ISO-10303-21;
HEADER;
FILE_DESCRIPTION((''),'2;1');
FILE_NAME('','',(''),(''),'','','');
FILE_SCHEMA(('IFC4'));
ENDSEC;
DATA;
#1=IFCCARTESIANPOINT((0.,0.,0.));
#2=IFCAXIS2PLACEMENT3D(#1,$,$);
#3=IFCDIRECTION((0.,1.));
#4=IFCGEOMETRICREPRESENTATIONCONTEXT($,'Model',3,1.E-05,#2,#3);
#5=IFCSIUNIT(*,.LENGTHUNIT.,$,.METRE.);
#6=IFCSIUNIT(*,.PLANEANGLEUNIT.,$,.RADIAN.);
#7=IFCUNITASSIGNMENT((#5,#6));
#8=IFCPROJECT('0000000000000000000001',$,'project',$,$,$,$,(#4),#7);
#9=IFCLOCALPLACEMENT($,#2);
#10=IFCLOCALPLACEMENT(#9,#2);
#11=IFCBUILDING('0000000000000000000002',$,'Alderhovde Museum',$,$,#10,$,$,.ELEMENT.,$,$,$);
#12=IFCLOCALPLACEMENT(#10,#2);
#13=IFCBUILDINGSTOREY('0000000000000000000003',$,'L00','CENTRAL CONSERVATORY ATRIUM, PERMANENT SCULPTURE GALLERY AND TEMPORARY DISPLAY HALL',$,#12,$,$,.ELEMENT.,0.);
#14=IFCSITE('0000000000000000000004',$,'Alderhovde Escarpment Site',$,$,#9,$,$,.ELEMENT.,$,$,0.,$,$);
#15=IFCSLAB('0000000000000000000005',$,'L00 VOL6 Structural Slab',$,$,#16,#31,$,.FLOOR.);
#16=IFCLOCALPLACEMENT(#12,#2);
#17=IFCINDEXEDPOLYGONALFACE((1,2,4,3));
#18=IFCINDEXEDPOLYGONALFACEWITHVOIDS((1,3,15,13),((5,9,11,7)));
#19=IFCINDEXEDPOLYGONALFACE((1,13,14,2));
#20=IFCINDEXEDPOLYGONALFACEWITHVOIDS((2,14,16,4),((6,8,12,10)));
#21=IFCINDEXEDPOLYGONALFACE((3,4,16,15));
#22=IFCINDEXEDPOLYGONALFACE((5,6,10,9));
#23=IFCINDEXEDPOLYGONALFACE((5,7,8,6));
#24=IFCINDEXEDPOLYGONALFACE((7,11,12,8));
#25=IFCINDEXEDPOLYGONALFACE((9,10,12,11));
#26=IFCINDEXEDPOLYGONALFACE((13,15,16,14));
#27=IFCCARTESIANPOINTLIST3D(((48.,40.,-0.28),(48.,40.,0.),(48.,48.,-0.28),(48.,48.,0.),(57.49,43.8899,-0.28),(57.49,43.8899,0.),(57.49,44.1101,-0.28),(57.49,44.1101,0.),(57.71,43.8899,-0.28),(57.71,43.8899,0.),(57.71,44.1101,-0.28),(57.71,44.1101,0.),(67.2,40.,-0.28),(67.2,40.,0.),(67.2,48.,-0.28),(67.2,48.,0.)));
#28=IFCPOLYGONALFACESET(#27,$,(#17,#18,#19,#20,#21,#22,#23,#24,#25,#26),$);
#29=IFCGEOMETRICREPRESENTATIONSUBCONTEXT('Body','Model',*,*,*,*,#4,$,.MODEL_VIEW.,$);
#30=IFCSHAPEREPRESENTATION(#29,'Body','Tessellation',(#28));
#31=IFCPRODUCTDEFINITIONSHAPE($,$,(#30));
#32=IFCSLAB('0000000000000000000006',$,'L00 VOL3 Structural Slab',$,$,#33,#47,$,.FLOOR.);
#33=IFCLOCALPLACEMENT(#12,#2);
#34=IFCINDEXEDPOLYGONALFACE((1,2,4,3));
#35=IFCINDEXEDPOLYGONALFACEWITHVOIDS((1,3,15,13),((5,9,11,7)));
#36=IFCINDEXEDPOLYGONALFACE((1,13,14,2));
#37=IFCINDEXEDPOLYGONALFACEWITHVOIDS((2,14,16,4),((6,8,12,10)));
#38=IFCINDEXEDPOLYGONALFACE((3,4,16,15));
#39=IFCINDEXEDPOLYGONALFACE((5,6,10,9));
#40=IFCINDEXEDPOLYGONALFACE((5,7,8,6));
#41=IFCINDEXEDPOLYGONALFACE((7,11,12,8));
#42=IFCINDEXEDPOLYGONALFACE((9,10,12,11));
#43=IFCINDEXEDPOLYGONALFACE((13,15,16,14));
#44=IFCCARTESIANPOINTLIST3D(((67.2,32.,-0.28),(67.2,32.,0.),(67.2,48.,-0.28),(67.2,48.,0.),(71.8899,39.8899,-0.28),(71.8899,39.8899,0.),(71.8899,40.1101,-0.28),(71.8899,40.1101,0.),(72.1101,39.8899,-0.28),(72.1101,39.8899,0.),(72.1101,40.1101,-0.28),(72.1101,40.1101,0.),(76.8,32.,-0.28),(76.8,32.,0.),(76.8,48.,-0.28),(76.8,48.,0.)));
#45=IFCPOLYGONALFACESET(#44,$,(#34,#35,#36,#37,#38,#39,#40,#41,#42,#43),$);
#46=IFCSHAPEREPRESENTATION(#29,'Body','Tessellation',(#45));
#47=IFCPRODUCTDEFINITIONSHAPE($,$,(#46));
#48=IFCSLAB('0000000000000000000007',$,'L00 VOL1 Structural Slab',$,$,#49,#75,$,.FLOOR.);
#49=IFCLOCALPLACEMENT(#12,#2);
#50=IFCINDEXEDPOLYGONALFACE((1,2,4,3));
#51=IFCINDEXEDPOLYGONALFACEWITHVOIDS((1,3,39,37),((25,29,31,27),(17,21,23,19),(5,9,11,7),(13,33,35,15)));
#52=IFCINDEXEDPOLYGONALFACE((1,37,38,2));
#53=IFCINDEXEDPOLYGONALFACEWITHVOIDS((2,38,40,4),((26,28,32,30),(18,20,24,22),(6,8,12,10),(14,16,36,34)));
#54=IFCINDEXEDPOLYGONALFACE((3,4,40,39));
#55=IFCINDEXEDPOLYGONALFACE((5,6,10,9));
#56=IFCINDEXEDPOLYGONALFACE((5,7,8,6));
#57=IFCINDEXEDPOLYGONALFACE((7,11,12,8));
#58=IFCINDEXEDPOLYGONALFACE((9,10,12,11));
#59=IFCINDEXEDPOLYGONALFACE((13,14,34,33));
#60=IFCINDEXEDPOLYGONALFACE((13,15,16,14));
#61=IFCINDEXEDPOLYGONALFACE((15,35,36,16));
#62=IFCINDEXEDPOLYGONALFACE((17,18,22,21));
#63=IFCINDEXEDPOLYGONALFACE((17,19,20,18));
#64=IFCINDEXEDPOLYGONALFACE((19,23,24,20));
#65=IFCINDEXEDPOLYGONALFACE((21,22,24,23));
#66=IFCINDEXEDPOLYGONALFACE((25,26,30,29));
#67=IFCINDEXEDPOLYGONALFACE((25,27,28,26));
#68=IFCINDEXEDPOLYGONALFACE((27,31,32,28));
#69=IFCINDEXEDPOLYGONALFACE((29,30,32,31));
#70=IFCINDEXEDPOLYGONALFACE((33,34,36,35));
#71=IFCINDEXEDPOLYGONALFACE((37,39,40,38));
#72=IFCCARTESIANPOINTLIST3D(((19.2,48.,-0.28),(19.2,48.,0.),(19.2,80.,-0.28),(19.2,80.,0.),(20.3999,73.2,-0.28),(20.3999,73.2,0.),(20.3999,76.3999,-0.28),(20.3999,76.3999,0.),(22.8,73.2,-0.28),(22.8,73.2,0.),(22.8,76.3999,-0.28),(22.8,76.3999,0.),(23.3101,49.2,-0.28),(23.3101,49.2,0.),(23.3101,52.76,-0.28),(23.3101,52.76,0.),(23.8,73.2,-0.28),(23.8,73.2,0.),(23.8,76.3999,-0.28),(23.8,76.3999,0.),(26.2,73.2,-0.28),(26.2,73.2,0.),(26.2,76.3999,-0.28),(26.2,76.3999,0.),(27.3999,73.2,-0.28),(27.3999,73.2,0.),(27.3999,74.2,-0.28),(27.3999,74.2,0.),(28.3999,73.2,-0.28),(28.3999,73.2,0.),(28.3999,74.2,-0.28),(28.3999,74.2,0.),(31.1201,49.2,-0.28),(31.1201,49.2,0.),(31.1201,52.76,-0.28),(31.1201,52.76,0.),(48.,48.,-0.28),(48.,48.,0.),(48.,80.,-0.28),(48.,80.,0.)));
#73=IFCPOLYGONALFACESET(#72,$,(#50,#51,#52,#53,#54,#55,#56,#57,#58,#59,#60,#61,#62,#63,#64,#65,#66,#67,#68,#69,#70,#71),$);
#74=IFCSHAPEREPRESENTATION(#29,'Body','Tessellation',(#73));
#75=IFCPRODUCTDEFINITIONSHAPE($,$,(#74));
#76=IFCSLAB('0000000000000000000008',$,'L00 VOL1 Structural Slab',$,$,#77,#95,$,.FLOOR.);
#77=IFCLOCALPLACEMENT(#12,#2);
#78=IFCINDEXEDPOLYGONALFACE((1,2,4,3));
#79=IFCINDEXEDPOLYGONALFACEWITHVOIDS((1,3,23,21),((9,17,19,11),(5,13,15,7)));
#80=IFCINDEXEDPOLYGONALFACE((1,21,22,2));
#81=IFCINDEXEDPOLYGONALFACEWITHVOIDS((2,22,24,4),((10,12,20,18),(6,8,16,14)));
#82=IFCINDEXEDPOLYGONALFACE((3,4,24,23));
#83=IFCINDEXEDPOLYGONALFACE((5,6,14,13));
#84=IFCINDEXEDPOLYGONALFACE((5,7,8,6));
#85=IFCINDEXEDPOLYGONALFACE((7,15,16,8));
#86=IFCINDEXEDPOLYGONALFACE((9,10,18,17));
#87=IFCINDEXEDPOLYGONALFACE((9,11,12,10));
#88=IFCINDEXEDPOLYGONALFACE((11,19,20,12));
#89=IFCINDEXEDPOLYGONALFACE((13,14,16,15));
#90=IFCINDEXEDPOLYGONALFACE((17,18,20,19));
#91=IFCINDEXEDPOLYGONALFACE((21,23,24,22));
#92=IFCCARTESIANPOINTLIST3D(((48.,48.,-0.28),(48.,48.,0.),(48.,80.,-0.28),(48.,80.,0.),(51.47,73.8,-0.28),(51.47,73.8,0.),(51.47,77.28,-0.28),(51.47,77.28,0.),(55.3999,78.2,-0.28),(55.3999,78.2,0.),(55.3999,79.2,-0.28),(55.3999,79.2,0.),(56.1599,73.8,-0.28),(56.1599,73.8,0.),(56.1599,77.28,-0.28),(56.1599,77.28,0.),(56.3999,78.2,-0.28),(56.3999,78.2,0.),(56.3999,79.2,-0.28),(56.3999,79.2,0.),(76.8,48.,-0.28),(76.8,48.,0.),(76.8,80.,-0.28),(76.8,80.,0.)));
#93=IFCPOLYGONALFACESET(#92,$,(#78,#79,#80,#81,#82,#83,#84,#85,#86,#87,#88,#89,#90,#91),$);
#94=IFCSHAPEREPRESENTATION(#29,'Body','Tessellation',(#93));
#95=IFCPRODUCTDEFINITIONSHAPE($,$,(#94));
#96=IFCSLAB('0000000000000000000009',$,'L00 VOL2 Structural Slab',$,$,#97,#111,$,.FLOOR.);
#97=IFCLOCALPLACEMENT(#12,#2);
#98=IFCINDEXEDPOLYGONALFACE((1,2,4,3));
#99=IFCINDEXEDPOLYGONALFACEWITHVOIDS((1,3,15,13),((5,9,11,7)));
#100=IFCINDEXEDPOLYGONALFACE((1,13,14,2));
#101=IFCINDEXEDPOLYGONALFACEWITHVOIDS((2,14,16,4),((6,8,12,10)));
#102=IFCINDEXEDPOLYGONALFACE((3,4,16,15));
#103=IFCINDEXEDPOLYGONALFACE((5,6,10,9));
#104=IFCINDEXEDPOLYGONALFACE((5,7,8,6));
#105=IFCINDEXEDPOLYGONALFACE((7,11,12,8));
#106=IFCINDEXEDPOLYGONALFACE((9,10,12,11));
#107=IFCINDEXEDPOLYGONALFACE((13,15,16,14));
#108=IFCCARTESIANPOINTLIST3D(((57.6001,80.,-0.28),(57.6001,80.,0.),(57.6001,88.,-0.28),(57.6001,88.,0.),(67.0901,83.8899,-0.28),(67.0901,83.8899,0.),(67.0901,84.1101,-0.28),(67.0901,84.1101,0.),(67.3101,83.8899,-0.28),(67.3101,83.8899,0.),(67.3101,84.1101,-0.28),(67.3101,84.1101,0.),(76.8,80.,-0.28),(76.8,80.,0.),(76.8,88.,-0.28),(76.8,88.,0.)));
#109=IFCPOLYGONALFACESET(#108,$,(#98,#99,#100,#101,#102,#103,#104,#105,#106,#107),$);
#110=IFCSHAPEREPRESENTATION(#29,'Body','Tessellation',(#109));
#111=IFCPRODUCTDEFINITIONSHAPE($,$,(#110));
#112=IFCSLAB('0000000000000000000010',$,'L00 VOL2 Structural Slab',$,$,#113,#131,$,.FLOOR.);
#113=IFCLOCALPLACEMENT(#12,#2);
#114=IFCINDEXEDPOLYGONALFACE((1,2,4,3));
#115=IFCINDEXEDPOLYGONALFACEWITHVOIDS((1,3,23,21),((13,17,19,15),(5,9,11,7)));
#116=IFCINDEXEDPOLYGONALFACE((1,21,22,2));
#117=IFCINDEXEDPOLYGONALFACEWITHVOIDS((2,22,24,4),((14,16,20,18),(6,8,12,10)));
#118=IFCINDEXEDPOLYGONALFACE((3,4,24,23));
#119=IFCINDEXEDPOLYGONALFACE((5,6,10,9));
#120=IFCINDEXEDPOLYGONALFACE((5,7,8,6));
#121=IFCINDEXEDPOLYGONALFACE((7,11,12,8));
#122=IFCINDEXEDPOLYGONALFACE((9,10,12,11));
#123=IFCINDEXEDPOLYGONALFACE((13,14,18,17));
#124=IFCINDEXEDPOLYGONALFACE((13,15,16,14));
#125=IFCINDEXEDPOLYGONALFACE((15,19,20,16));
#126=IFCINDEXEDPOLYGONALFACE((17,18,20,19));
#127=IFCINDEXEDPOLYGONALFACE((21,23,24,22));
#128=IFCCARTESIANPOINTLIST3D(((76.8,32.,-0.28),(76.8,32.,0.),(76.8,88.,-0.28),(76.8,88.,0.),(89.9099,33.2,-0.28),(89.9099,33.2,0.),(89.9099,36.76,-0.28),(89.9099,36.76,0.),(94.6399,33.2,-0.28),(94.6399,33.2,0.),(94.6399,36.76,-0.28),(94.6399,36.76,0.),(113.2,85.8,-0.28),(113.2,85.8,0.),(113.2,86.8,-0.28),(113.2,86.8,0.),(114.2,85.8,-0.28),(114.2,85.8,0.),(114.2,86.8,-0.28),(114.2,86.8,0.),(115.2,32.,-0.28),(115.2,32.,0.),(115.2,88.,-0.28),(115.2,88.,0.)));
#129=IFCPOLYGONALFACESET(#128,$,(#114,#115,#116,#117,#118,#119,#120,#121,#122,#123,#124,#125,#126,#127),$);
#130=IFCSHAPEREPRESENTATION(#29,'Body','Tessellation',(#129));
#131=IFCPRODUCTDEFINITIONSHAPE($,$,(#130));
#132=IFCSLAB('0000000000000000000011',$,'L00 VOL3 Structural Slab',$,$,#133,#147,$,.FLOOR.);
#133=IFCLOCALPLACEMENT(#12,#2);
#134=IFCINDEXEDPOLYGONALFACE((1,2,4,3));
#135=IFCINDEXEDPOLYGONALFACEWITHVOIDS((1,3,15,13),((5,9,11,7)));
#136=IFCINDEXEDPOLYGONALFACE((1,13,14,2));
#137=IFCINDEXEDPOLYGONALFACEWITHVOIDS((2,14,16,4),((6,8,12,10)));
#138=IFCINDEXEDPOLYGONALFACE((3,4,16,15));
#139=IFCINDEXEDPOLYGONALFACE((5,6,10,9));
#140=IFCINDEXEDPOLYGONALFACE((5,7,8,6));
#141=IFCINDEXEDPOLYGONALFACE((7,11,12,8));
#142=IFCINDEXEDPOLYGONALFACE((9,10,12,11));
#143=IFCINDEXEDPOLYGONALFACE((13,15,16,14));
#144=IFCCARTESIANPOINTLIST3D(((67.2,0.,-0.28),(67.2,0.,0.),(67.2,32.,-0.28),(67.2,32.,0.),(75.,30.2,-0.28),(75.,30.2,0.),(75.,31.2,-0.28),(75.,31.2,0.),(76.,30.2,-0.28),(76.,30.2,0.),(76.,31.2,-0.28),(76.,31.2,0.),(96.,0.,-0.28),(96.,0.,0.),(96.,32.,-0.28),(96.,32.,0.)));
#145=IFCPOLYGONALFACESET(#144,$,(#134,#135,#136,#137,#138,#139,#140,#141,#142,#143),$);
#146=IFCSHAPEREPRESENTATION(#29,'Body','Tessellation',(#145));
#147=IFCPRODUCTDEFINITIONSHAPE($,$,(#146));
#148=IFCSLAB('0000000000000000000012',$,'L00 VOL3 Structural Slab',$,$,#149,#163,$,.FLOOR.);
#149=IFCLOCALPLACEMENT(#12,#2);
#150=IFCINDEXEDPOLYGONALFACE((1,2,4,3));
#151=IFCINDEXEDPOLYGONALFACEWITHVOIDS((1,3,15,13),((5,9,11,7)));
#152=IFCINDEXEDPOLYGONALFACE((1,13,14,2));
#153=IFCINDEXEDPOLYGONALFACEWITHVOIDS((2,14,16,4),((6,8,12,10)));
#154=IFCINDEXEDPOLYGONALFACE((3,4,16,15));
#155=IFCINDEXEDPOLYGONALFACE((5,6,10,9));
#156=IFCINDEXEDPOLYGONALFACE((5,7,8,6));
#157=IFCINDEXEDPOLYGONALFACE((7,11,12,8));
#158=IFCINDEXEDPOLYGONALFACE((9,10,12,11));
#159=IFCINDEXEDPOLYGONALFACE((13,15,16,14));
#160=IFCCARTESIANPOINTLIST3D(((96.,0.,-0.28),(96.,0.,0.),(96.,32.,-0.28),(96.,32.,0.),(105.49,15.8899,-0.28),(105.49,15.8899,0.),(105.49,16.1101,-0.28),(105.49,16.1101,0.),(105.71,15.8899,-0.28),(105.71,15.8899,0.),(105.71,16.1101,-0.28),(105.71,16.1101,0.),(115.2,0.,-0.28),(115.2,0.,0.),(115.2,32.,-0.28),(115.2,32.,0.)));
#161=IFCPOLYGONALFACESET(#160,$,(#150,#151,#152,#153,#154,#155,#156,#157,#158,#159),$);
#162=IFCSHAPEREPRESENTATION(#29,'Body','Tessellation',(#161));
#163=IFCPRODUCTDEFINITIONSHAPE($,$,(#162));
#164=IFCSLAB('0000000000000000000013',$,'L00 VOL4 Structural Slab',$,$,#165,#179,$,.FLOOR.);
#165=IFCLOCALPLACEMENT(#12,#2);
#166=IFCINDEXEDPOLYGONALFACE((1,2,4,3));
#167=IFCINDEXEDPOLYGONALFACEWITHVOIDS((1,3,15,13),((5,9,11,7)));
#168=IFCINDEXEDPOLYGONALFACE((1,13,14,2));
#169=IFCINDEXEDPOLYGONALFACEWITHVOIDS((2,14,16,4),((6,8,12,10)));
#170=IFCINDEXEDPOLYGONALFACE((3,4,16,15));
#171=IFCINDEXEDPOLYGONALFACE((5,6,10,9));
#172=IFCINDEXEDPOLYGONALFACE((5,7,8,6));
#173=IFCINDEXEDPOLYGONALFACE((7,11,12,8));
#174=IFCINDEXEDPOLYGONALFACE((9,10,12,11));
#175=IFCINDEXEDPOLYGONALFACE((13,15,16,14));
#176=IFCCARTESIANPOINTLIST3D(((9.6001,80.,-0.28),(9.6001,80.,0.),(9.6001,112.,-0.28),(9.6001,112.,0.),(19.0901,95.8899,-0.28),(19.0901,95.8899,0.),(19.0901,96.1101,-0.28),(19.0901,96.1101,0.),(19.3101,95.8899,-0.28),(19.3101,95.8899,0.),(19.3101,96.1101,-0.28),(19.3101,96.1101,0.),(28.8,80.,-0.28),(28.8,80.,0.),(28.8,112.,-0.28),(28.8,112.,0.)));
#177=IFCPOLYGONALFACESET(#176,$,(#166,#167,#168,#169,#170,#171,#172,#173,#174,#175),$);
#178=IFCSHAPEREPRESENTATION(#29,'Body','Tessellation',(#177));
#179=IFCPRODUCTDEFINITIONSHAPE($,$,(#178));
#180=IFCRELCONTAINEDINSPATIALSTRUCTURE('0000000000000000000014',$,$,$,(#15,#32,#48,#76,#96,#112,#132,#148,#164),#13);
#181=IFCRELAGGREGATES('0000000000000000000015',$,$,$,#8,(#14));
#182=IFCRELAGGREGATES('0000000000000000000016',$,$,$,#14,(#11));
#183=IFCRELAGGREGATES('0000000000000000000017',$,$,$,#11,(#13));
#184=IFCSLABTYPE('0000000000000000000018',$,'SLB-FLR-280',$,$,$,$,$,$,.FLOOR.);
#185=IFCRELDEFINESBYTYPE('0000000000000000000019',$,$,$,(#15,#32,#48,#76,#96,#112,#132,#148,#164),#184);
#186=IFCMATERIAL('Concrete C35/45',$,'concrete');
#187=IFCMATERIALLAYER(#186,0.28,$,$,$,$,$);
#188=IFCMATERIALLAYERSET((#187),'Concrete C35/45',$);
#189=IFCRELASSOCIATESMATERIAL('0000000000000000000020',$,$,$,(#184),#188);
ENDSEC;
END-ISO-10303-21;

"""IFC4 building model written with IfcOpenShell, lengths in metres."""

from ifc_helpers import new_model, si_unit, direction, frame, origin, place, context, subcontext, project, spatial, polyline, outline, extrude, material, layer, layer_set, type_object, element, save


model = new_model("IFC4")

# Units and contexts
model_context = context("Model", 3, precision=1e-05, world=origin(), true_north=direction((0.0, 1.0)))
body_context = subcontext(model_context, "Body", "Model", "MODEL_VIEW")
ifc_project = project(units=[si_unit("LENGTHUNIT", "METRE"), si_unit("PLANEANGLEUNIT", "RADIAN")], contexts=[model_context])

# Site, building, storey
site_placement = place(None, origin())
site = spatial("IfcSite", under=ifc_project, at=site_placement, Name="Alderhovde Escarpment Site", CompositionType="ELEMENT", RefElevation=0.0)
building_placement = place(site_placement, origin())
building = spatial("IfcBuilding", under=site, at=building_placement, Name="Alderhovde Museum", CompositionType="ELEMENT")
storey_placement = place(building_placement, origin())
storey = spatial("IfcBuildingStorey", under=building, at=storey_placement, Name="L00", Description="CENTRAL CONSERVATORY ATRIUM, PERMANENT SCULPTURE GALLERY AND TEMPORARY DISPLAY HALL", CompositionType="ELEMENT", Elevation=0.0)

# Slabs
ifc_material_1 = material(Name="Concrete C35/45", Category="concrete")
ifc_layer_1 = layer(ifc_material_1, 0.28)
ifc_layer_set_1 = layer_set([ifc_layer_1], Name="Concrete C35/45")
slab_type_1 = type_object("IfcSlabType", Name="SLB-FLR-280", PredefinedType="FLOOR", material=ifc_layer_set_1)
slab_1_placement = place(storey_placement, frame((0.0, 0.0, -0.28)))
element("IfcSlab", 1, at=slab_1_placement, inside=storey, type_object=slab_type_1, Name="L00 VOL6 Structural Slab", PredefinedType="FLOOR", context=body_context, shape_type="SweptSolid", body=[
    extrude(outline(polyline([(48.0, 40.0), (67.2, 40.0), (67.2, 48.0), (48.0, 48.0), (48.0, 40.0)]), holes=[polyline([(57.49, 43.8899), (57.71, 43.8899), (57.71, 44.1101), (57.49, 44.1101), (57.49, 43.8899)])]), origin(), (0.0, 0.0, 1.0), 0.28),
])
slab_2_placement = place(storey_placement, frame((0.0, 0.0, -0.28)))
element("IfcSlab", 2, at=slab_2_placement, inside=storey, type_object=slab_type_1, Name="L00 VOL3 Structural Slab", PredefinedType="FLOOR", context=body_context, shape_type="SweptSolid", body=[
    extrude(outline(polyline([(67.2, 32.0), (76.8, 32.0), (76.8, 48.0), (67.2, 48.0), (67.2, 32.0)]), holes=[polyline([(71.8899, 39.8899), (72.1101, 39.8899), (72.1101, 40.1101), (71.8899, 40.1101), (71.8899, 39.8899)])]), origin(), (0.0, 0.0, 1.0), 0.28),
])
slab_3_placement = place(storey_placement, frame((0.0, 0.0, -0.28)))
element("IfcSlab", 3, at=slab_3_placement, inside=storey, type_object=slab_type_1, Name="L00 VOL1 Structural Slab", PredefinedType="FLOOR", context=body_context, shape_type="SweptSolid", body=[
    extrude(outline(polyline([(19.2, 48.0), (48.0, 48.0), (48.0, 80.0), (19.2, 80.0), (19.2, 48.0)]), holes=[polyline([(23.3101, 49.2), (31.1201, 49.2), (31.1201, 52.76), (23.3101, 52.76), (23.3101, 49.2)]), polyline([(20.3999, 73.2), (22.8, 73.2), (22.8, 76.3999), (20.3999, 76.3999), (20.3999, 73.2)]), polyline([(23.8, 73.2), (26.2, 73.2), (26.2, 76.3999), (23.8, 76.3999), (23.8, 73.2)]), polyline([(27.3999, 73.2), (28.3999, 73.2), (28.3999, 74.2), (27.3999, 74.2), (27.3999, 73.2)])]), origin(), (0.0, 0.0, 1.0), 0.28),
])
slab_4_placement = place(storey_placement, frame((0.0, 0.0, -0.28)))
element("IfcSlab", 4, at=slab_4_placement, inside=storey, type_object=slab_type_1, Name="L00 VOL1 Structural Slab", PredefinedType="FLOOR", context=body_context, shape_type="SweptSolid", body=[
    extrude(outline(polyline([(48.0, 48.0), (76.8, 48.0), (76.8, 80.0), (48.0, 80.0), (48.0, 48.0)]), holes=[polyline([(51.47, 73.8), (56.1599, 73.8), (56.1599, 77.28), (51.47, 77.28), (51.47, 73.8)]), polyline([(55.3999, 78.2), (56.3999, 78.2), (56.3999, 79.2), (55.3999, 79.2), (55.3999, 78.2)])]), origin(), (0.0, 0.0, 1.0), 0.28),
])
slab_5_placement = place(storey_placement, frame((0.0, 0.0, -0.28)))
element("IfcSlab", 5, at=slab_5_placement, inside=storey, type_object=slab_type_1, Name="L00 VOL2 Structural Slab", PredefinedType="FLOOR", context=body_context, shape_type="SweptSolid", body=[
    extrude(outline(polyline([(57.6001, 80.0), (76.8, 80.0), (76.8, 88.0), (57.6001, 88.0), (57.6001, 80.0)]), holes=[polyline([(67.0901, 83.8899), (67.3101, 83.8899), (67.3101, 84.1101), (67.0901, 84.1101), (67.0901, 83.8899)])]), origin(), (0.0, 0.0, 1.0), 0.28),
])
slab_6_placement = place(storey_placement, frame((0.0, 0.0, -0.28)))
element("IfcSlab", 6, at=slab_6_placement, inside=storey, type_object=slab_type_1, Name="L00 VOL2 Structural Slab", PredefinedType="FLOOR", context=body_context, shape_type="SweptSolid", body=[
    extrude(outline(polyline([(76.8, 32.0), (115.2, 32.0), (115.2, 88.0), (76.8, 88.0), (76.8, 32.0)]), holes=[polyline([(89.9099, 33.2), (94.6399, 33.2), (94.6399, 36.76), (89.9099, 36.76), (89.9099, 33.2)]), polyline([(113.2, 85.8), (114.2, 85.8), (114.2, 86.8), (113.2, 86.8), (113.2, 85.8)])]), origin(), (0.0, 0.0, 1.0), 0.28),
])
slab_7_placement = place(storey_placement, frame((0.0, 0.0, -0.28)))
element("IfcSlab", 7, at=slab_7_placement, inside=storey, type_object=slab_type_1, Name="L00 VOL3 Structural Slab", PredefinedType="FLOOR", context=body_context, shape_type="SweptSolid", body=[
    extrude(outline(polyline([(67.2, 0.0), (96.0, 0.0), (96.0, 32.0), (67.2, 32.0), (67.2, 0.0)]), holes=[polyline([(75.0, 30.2), (76.0, 30.2), (76.0, 31.2), (75.0, 31.2), (75.0, 30.2)])]), origin(), (0.0, 0.0, 1.0), 0.28),
])
slab_8_placement = place(storey_placement, frame((0.0, 0.0, -0.28)))
element("IfcSlab", 8, at=slab_8_placement, inside=storey, type_object=slab_type_1, Name="L00 VOL3 Structural Slab", PredefinedType="FLOOR", context=body_context, shape_type="SweptSolid", body=[
    extrude(outline(polyline([(96.0, 0.0), (115.2, 0.0), (115.2, 32.0), (96.0, 32.0), (96.0, 0.0)]), holes=[polyline([(105.49, 15.8899), (105.71, 15.8899), (105.71, 16.1101), (105.49, 16.1101), (105.49, 15.8899)])]), origin(), (0.0, 0.0, 1.0), 0.28),
])
slab_9_placement = place(storey_placement, frame((0.0, 0.0, -0.28)))
element("IfcSlab", 9, at=slab_9_placement, inside=storey, type_object=slab_type_1, Name="L00 VOL4 Structural Slab", PredefinedType="FLOOR", context=body_context, shape_type="SweptSolid", body=[
    extrude(outline(polyline([(9.6001, 80.0), (28.8, 80.0), (28.8, 112.0), (9.6001, 112.0), (9.6001, 80.0)]), holes=[polyline([(19.0901, 95.8899), (19.3101, 95.8899), (19.3101, 96.1101), (19.0901, 96.1101), (19.0901, 95.8899)])]), origin(), (0.0, 0.0, 1.0), 0.28),
])

save(model, "model.ifc")
